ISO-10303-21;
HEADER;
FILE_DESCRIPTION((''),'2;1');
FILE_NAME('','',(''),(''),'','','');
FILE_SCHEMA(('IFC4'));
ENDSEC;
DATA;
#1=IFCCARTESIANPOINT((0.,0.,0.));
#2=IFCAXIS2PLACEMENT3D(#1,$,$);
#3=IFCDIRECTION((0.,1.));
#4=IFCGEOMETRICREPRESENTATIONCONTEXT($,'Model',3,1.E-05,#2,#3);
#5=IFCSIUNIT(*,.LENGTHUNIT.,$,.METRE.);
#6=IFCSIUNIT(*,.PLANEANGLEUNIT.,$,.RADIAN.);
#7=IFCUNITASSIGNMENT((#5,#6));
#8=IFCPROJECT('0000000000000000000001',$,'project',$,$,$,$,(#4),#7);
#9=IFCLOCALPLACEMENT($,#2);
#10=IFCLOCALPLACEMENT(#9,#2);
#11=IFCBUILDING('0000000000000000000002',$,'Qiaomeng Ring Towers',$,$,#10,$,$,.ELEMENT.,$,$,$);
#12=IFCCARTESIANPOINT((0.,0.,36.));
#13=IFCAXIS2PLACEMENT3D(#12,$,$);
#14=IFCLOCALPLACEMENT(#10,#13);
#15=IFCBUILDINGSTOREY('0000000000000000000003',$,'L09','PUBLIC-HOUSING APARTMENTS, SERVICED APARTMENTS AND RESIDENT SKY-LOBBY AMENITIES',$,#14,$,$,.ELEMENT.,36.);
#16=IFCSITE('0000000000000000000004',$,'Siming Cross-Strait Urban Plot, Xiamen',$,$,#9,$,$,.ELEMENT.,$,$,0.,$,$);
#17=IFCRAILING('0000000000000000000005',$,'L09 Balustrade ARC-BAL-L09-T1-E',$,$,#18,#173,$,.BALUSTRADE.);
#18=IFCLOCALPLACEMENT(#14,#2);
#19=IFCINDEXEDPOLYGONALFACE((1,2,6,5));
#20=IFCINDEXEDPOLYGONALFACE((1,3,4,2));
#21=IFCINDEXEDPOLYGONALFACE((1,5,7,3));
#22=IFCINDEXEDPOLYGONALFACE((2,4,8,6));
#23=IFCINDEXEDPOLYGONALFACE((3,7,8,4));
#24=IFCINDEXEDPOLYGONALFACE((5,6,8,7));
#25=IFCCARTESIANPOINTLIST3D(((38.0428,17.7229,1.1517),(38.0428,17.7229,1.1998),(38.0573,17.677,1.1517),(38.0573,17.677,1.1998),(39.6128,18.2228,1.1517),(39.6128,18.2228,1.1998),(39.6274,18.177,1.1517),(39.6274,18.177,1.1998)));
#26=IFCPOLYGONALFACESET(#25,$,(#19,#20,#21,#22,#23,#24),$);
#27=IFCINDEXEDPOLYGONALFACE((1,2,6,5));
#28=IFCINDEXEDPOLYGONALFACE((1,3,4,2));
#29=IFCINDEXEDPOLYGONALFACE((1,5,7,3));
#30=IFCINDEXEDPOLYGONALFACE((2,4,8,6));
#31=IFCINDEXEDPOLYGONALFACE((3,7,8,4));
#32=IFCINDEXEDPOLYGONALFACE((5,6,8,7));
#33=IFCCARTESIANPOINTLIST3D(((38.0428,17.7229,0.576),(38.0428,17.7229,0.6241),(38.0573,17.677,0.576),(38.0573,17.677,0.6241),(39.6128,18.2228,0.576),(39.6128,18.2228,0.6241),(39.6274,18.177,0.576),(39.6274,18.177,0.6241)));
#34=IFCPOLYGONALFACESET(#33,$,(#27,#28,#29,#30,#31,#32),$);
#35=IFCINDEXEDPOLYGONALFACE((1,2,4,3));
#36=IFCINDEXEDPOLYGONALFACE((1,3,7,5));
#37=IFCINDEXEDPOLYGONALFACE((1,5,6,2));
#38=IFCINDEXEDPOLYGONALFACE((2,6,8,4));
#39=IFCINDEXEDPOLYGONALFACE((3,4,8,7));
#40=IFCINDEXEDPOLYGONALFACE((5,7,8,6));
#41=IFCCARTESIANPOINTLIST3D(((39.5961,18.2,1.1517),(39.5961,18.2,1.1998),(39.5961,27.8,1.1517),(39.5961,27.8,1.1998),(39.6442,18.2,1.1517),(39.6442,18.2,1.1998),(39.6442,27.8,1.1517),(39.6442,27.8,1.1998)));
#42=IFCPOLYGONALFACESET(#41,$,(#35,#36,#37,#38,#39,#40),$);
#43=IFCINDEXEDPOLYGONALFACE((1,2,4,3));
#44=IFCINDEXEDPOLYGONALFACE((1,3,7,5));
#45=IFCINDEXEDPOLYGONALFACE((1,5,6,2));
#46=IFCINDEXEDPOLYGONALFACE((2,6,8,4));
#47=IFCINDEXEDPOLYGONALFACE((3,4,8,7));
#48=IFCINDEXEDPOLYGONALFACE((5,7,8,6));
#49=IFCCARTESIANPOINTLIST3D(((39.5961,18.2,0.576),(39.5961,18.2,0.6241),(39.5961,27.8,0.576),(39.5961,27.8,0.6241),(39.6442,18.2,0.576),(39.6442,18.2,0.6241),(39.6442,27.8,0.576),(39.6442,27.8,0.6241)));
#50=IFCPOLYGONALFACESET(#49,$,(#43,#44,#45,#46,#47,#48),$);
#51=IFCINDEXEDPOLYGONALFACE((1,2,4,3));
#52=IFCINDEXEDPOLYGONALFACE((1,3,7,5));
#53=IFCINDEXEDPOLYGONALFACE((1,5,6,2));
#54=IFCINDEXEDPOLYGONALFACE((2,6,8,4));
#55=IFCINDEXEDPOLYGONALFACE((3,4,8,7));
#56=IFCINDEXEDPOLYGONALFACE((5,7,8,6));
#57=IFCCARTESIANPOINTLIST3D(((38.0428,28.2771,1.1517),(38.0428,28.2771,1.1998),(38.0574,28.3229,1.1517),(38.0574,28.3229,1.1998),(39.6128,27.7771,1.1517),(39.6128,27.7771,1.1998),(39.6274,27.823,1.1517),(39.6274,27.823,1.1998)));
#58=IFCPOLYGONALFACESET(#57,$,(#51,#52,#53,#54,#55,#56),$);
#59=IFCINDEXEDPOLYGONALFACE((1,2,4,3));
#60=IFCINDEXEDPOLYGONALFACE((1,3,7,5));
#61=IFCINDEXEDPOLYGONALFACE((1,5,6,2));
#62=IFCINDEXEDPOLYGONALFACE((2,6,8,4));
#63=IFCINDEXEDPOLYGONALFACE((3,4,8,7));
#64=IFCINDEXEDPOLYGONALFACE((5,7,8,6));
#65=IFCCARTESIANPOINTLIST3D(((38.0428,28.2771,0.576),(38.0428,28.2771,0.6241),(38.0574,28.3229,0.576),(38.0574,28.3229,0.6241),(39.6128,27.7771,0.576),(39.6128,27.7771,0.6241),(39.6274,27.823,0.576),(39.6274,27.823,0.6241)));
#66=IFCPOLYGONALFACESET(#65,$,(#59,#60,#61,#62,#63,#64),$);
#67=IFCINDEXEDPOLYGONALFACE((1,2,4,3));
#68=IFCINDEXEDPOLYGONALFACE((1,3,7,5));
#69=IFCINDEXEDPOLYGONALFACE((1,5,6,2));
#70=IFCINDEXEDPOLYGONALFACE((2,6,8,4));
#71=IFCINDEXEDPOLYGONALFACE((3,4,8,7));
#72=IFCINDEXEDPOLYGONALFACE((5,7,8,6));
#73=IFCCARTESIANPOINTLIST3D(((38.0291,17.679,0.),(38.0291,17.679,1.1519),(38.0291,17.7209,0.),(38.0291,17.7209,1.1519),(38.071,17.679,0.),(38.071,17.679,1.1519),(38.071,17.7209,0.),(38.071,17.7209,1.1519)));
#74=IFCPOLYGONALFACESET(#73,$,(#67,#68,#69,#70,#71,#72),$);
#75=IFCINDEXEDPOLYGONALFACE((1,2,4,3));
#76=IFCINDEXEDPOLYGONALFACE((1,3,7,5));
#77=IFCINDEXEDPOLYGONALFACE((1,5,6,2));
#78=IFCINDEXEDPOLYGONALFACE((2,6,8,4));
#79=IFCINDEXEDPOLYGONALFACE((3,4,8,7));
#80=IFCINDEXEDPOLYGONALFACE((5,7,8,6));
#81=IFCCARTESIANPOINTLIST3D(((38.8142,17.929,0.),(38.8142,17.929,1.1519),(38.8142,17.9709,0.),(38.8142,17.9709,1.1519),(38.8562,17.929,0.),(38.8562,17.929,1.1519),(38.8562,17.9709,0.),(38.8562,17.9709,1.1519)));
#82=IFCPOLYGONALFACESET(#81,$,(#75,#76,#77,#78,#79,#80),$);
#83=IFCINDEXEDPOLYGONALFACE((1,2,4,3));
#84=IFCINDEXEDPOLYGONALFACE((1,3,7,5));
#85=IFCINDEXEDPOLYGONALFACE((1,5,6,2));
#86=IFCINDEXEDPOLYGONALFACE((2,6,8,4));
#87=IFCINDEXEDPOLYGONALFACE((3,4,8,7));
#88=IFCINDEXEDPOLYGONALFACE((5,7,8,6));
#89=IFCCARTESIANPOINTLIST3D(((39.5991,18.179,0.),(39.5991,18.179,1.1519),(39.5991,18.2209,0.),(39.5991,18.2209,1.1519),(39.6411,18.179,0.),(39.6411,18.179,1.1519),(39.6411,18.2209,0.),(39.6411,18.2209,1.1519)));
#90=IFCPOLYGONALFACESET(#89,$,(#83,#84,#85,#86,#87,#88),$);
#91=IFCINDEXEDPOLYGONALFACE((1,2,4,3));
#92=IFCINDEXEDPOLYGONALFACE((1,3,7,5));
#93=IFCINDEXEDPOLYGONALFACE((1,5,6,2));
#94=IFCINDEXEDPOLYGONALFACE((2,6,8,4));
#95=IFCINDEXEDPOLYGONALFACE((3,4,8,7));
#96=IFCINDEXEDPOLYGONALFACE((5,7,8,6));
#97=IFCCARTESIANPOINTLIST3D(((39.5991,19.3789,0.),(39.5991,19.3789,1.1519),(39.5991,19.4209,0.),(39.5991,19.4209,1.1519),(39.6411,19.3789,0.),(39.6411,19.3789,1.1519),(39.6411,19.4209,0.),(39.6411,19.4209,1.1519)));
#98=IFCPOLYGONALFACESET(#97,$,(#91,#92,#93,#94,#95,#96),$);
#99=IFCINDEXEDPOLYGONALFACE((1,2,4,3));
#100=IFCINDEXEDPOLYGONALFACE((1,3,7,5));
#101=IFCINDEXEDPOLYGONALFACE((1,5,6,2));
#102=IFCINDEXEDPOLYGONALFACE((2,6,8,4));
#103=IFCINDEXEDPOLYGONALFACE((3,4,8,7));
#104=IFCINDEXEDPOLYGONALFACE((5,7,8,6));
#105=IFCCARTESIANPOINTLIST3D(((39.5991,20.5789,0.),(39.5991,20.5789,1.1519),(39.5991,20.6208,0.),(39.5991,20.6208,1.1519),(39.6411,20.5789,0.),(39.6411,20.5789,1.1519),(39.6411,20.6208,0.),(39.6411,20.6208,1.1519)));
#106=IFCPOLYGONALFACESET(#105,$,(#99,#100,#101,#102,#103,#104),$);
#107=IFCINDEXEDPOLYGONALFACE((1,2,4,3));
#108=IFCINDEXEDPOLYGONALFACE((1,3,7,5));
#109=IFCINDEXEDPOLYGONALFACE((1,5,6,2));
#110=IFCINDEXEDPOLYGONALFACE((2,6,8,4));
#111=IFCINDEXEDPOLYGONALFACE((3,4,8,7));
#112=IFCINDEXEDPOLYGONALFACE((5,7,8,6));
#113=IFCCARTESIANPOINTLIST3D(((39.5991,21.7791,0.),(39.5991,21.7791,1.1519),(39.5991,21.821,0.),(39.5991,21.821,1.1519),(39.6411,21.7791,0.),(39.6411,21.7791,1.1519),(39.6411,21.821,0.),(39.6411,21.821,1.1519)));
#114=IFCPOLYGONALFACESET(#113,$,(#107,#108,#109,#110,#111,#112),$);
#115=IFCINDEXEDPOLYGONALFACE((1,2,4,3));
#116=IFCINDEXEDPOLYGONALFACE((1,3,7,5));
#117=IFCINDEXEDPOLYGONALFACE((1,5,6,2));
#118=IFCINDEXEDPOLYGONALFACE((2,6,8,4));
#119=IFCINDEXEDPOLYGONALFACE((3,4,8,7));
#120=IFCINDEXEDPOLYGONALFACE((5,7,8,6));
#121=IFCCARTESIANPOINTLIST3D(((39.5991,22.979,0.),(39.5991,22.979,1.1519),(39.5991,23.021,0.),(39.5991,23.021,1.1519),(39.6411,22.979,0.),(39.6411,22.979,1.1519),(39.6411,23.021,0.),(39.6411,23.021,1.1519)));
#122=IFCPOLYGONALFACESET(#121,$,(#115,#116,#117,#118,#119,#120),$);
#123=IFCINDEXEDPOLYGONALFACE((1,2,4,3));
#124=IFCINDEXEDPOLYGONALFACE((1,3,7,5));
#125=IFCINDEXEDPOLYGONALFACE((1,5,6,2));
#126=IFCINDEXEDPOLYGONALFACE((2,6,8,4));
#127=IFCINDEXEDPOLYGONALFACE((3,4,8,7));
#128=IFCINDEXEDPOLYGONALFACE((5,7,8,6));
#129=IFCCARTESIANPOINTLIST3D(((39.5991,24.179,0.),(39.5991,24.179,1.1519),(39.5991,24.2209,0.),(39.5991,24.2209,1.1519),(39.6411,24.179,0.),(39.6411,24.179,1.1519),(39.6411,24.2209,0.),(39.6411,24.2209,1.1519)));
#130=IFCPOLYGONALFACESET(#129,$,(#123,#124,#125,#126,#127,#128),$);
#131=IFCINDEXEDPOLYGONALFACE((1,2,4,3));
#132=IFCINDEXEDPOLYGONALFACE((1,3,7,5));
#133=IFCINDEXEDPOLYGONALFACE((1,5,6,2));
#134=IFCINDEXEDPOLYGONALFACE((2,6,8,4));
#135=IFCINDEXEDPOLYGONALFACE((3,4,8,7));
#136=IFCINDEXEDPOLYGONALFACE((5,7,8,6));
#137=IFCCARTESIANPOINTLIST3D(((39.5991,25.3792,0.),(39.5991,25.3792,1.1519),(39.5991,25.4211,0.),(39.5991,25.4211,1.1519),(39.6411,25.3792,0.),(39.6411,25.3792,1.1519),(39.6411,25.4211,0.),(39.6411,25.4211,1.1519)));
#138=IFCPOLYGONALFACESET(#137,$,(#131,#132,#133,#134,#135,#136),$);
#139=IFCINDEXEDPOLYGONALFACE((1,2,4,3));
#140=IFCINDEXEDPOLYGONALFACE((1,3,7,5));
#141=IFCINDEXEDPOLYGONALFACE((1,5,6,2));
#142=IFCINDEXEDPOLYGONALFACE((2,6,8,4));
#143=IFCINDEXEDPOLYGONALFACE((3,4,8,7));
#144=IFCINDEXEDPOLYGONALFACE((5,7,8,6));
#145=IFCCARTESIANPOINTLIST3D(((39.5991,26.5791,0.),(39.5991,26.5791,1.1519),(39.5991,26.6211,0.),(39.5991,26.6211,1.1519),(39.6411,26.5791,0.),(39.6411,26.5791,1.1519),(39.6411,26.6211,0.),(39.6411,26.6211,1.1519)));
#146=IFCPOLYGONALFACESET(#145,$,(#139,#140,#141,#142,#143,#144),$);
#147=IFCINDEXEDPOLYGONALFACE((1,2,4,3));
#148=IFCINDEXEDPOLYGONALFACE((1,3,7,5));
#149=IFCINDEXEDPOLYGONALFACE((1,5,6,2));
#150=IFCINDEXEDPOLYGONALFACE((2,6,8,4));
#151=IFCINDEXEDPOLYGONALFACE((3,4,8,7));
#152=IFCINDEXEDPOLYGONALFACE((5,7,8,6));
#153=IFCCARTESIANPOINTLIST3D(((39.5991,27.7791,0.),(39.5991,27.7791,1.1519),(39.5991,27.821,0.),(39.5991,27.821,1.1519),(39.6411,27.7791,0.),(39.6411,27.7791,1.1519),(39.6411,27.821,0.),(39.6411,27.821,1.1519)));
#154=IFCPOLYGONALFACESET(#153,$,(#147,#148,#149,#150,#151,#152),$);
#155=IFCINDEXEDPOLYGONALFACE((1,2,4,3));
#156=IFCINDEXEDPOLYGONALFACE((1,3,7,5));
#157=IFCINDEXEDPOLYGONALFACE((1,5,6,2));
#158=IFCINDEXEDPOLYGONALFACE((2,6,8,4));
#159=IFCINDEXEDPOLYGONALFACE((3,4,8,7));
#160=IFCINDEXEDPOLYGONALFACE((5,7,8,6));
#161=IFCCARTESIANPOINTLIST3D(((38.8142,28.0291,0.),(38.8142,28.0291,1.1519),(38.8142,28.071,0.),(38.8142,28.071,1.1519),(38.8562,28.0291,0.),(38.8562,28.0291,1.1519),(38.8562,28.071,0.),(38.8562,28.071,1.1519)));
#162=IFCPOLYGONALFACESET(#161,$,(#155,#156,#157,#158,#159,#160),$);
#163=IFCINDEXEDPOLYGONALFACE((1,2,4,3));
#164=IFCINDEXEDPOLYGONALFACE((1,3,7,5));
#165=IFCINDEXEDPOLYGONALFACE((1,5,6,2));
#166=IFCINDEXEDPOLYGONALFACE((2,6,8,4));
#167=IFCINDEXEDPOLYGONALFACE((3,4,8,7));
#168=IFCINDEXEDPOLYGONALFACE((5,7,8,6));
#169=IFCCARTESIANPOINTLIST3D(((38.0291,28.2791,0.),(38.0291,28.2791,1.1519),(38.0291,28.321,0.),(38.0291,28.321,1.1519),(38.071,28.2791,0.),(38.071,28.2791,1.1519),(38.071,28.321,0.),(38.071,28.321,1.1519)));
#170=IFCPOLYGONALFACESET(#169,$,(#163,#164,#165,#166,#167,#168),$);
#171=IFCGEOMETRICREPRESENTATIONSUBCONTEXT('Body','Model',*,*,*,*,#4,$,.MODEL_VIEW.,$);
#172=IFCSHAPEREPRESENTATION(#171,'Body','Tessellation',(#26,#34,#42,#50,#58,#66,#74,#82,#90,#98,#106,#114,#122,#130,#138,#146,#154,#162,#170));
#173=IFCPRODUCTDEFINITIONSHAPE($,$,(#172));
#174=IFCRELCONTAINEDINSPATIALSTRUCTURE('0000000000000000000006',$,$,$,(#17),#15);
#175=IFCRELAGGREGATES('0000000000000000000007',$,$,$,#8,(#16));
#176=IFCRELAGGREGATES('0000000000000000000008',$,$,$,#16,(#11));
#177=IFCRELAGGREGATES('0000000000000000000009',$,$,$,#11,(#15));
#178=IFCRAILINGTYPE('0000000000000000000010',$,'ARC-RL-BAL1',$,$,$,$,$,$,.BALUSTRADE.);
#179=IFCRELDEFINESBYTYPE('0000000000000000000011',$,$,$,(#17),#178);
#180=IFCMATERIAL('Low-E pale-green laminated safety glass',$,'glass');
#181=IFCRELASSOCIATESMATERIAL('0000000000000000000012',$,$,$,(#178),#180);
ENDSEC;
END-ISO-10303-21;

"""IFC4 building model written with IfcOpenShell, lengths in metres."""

from ifc_helpers import new_model, si_unit, direction, frame, origin, origin_2d, place, context, subcontext, project, spatial, rectangle, extrude, material, type_object, element, save


model = new_model("IFC4")

# Units and contexts
model_context = context("Model", 3, precision=1e-05, world=origin(), true_north=direction((0.0, 1.0)))
body_context = subcontext(model_context, "Body", "Model", "MODEL_VIEW")
ifc_project = project(units=[si_unit("LENGTHUNIT", "METRE"), si_unit("PLANEANGLEUNIT", "RADIAN")], contexts=[model_context])

# Site, building, storey
site_placement = place(None, origin())
site = spatial("IfcSite", under=ifc_project, at=site_placement, Name="Siming Cross-Strait Urban Plot, Xiamen", CompositionType="ELEMENT", RefElevation=0.0)
building_placement = place(site_placement, origin())
building = spatial("IfcBuilding", under=site, at=building_placement, Name="Qiaomeng Ring Towers", CompositionType="ELEMENT")
storey_placement = place(building_placement, frame((0.0, 0.0, 36.0)))
storey = spatial("IfcBuildingStorey", under=building, at=storey_placement, Name="L09", Description="PUBLIC-HOUSING APARTMENTS, SERVICED APARTMENTS AND RESIDENT SKY-LOBBY AMENITIES", CompositionType="ELEMENT", Elevation=36.0)

# Railing
ifc_material_1 = material(Name="Low-E pale-green laminated safety glass", Category="glass")
railing_type = type_object("IfcRailingType", Name="ARC-RL-BAL1", PredefinedType="BALUSTRADE", material=ifc_material_1)
railing_1_placement = place(storey_placement, frame((38.05, 17.7, 0.0)))
element("IfcRailing", 1, at=railing_1_placement, inside=storey, type_object=railing_type, Name="L09 Balustrade ARC-BAL-L09-T1-E", PredefinedType="BALUSTRADE", context=body_context, shape_type="SweptSolid", body=[
    extrude(rectangle(XDim=0.0481, YDim=0.0481, at=origin_2d()), frame((0.0, 0.0, 1.1758), z_axis=(0.95285, 0.303442, 0.0), x_axis=(-0.303442, 0.95285, 0.0)), (0.0, 0.0, 1.0), 1.6477),
    extrude(rectangle(XDim=0.0481, YDim=0.0481, at=origin_2d()), frame((0.0, 0.0, 0.6001), z_axis=(0.95285, 0.303442, 0.0), x_axis=(-0.303442, 0.95285, 0.0)), (0.0, 0.0, 1.0), 1.6477),
    extrude(rectangle(XDim=0.0481, YDim=0.0481, at=origin_2d()), frame((1.5701, 0.5, 1.1758), z_axis=(0.0, 1.0, 0.0), x_axis=(-1.0, 0.0, 0.0)), (0.0, 0.0, 1.0), 9.6001),
    extrude(rectangle(XDim=0.0481, YDim=0.0481, at=origin_2d()), frame((1.5701, 0.5, 0.6001), z_axis=(0.0, 1.0, 0.0), x_axis=(-1.0, 0.0, 0.0)), (0.0, 0.0, 1.0), 9.6001),
    extrude(rectangle(XDim=0.0481, YDim=0.0481, at=origin_2d()), frame((1.5701, 10.1001, 1.1758), z_axis=(-0.95285, 0.303442, 0.0), x_axis=(-0.303442, -0.95285, 0.0)), (0.0, 0.0, 1.0), 1.6477),
    extrude(rectangle(XDim=0.0481, YDim=0.0481, at=origin_2d()), frame((1.5701, 10.1001, 0.6001), z_axis=(-0.95285, 0.303442, 0.0), x_axis=(-0.303442, -0.95285, 0.0)), (0.0, 0.0, 1.0), 1.6477),
    extrude(rectangle(XDim=0.042, YDim=0.042, at=origin_2d()), origin(), (0.0, 0.0, 1.0), 1.1519),
    extrude(rectangle(XDim=0.042, YDim=0.042, at=origin_2d()), frame((0.7852, 0.25, 0.0)), (0.0, 0.0, 1.0), 1.1519),
    extrude(rectangle(XDim=0.042, YDim=0.042, at=origin_2d()), frame((1.5701, 0.5, 0.0)), (0.0, 0.0, 1.0), 1.1519),
    extrude(rectangle(XDim=0.042, YDim=0.042, at=origin_2d()), frame((1.5701, 1.7, 0.0)), (0.0, 0.0, 1.0), 1.1519),
    extrude(rectangle(XDim=0.042, YDim=0.042, at=origin_2d()), frame((1.5701, 2.8999, 0.0)), (0.0, 0.0, 1.0), 1.1519),
    extrude(rectangle(XDim=0.042, YDim=0.042, at=origin_2d()), frame((1.5701, 4.1001, 0.0)), (0.0, 0.0, 1.0), 1.1519),
    extrude(rectangle(XDim=0.042, YDim=0.042, at=origin_2d()), frame((1.5701, 5.3, 0.0)), (0.0, 0.0, 1.0), 1.1519),
    extrude(rectangle(XDim=0.042, YDim=0.042, at=origin_2d()), frame((1.5701, 6.5, 0.0)), (0.0, 0.0, 1.0), 1.1519),
    extrude(rectangle(XDim=0.042, YDim=0.042, at=origin_2d()), frame((1.5701, 7.7002, 0.0)), (0.0, 0.0, 1.0), 1.1519),
    extrude(rectangle(XDim=0.042, YDim=0.042, at=origin_2d()), frame((1.5701, 8.9001, 0.0)), (0.0, 0.0, 1.0), 1.1519),
    extrude(rectangle(XDim=0.042, YDim=0.042, at=origin_2d()), frame((1.5701, 10.1001, 0.0)), (0.0, 0.0, 1.0), 1.1519),
    extrude(rectangle(XDim=0.042, YDim=0.042, at=origin_2d()), frame((0.7852, 10.3501, 0.0)), (0.0, 0.0, 1.0), 1.1519),
    extrude(rectangle(XDim=0.042, YDim=0.042, at=origin_2d()), frame((0.0, 10.6001, 0.0)), (0.0, 0.0, 1.0), 1.1519),
])

save(model, "model.ifc")
